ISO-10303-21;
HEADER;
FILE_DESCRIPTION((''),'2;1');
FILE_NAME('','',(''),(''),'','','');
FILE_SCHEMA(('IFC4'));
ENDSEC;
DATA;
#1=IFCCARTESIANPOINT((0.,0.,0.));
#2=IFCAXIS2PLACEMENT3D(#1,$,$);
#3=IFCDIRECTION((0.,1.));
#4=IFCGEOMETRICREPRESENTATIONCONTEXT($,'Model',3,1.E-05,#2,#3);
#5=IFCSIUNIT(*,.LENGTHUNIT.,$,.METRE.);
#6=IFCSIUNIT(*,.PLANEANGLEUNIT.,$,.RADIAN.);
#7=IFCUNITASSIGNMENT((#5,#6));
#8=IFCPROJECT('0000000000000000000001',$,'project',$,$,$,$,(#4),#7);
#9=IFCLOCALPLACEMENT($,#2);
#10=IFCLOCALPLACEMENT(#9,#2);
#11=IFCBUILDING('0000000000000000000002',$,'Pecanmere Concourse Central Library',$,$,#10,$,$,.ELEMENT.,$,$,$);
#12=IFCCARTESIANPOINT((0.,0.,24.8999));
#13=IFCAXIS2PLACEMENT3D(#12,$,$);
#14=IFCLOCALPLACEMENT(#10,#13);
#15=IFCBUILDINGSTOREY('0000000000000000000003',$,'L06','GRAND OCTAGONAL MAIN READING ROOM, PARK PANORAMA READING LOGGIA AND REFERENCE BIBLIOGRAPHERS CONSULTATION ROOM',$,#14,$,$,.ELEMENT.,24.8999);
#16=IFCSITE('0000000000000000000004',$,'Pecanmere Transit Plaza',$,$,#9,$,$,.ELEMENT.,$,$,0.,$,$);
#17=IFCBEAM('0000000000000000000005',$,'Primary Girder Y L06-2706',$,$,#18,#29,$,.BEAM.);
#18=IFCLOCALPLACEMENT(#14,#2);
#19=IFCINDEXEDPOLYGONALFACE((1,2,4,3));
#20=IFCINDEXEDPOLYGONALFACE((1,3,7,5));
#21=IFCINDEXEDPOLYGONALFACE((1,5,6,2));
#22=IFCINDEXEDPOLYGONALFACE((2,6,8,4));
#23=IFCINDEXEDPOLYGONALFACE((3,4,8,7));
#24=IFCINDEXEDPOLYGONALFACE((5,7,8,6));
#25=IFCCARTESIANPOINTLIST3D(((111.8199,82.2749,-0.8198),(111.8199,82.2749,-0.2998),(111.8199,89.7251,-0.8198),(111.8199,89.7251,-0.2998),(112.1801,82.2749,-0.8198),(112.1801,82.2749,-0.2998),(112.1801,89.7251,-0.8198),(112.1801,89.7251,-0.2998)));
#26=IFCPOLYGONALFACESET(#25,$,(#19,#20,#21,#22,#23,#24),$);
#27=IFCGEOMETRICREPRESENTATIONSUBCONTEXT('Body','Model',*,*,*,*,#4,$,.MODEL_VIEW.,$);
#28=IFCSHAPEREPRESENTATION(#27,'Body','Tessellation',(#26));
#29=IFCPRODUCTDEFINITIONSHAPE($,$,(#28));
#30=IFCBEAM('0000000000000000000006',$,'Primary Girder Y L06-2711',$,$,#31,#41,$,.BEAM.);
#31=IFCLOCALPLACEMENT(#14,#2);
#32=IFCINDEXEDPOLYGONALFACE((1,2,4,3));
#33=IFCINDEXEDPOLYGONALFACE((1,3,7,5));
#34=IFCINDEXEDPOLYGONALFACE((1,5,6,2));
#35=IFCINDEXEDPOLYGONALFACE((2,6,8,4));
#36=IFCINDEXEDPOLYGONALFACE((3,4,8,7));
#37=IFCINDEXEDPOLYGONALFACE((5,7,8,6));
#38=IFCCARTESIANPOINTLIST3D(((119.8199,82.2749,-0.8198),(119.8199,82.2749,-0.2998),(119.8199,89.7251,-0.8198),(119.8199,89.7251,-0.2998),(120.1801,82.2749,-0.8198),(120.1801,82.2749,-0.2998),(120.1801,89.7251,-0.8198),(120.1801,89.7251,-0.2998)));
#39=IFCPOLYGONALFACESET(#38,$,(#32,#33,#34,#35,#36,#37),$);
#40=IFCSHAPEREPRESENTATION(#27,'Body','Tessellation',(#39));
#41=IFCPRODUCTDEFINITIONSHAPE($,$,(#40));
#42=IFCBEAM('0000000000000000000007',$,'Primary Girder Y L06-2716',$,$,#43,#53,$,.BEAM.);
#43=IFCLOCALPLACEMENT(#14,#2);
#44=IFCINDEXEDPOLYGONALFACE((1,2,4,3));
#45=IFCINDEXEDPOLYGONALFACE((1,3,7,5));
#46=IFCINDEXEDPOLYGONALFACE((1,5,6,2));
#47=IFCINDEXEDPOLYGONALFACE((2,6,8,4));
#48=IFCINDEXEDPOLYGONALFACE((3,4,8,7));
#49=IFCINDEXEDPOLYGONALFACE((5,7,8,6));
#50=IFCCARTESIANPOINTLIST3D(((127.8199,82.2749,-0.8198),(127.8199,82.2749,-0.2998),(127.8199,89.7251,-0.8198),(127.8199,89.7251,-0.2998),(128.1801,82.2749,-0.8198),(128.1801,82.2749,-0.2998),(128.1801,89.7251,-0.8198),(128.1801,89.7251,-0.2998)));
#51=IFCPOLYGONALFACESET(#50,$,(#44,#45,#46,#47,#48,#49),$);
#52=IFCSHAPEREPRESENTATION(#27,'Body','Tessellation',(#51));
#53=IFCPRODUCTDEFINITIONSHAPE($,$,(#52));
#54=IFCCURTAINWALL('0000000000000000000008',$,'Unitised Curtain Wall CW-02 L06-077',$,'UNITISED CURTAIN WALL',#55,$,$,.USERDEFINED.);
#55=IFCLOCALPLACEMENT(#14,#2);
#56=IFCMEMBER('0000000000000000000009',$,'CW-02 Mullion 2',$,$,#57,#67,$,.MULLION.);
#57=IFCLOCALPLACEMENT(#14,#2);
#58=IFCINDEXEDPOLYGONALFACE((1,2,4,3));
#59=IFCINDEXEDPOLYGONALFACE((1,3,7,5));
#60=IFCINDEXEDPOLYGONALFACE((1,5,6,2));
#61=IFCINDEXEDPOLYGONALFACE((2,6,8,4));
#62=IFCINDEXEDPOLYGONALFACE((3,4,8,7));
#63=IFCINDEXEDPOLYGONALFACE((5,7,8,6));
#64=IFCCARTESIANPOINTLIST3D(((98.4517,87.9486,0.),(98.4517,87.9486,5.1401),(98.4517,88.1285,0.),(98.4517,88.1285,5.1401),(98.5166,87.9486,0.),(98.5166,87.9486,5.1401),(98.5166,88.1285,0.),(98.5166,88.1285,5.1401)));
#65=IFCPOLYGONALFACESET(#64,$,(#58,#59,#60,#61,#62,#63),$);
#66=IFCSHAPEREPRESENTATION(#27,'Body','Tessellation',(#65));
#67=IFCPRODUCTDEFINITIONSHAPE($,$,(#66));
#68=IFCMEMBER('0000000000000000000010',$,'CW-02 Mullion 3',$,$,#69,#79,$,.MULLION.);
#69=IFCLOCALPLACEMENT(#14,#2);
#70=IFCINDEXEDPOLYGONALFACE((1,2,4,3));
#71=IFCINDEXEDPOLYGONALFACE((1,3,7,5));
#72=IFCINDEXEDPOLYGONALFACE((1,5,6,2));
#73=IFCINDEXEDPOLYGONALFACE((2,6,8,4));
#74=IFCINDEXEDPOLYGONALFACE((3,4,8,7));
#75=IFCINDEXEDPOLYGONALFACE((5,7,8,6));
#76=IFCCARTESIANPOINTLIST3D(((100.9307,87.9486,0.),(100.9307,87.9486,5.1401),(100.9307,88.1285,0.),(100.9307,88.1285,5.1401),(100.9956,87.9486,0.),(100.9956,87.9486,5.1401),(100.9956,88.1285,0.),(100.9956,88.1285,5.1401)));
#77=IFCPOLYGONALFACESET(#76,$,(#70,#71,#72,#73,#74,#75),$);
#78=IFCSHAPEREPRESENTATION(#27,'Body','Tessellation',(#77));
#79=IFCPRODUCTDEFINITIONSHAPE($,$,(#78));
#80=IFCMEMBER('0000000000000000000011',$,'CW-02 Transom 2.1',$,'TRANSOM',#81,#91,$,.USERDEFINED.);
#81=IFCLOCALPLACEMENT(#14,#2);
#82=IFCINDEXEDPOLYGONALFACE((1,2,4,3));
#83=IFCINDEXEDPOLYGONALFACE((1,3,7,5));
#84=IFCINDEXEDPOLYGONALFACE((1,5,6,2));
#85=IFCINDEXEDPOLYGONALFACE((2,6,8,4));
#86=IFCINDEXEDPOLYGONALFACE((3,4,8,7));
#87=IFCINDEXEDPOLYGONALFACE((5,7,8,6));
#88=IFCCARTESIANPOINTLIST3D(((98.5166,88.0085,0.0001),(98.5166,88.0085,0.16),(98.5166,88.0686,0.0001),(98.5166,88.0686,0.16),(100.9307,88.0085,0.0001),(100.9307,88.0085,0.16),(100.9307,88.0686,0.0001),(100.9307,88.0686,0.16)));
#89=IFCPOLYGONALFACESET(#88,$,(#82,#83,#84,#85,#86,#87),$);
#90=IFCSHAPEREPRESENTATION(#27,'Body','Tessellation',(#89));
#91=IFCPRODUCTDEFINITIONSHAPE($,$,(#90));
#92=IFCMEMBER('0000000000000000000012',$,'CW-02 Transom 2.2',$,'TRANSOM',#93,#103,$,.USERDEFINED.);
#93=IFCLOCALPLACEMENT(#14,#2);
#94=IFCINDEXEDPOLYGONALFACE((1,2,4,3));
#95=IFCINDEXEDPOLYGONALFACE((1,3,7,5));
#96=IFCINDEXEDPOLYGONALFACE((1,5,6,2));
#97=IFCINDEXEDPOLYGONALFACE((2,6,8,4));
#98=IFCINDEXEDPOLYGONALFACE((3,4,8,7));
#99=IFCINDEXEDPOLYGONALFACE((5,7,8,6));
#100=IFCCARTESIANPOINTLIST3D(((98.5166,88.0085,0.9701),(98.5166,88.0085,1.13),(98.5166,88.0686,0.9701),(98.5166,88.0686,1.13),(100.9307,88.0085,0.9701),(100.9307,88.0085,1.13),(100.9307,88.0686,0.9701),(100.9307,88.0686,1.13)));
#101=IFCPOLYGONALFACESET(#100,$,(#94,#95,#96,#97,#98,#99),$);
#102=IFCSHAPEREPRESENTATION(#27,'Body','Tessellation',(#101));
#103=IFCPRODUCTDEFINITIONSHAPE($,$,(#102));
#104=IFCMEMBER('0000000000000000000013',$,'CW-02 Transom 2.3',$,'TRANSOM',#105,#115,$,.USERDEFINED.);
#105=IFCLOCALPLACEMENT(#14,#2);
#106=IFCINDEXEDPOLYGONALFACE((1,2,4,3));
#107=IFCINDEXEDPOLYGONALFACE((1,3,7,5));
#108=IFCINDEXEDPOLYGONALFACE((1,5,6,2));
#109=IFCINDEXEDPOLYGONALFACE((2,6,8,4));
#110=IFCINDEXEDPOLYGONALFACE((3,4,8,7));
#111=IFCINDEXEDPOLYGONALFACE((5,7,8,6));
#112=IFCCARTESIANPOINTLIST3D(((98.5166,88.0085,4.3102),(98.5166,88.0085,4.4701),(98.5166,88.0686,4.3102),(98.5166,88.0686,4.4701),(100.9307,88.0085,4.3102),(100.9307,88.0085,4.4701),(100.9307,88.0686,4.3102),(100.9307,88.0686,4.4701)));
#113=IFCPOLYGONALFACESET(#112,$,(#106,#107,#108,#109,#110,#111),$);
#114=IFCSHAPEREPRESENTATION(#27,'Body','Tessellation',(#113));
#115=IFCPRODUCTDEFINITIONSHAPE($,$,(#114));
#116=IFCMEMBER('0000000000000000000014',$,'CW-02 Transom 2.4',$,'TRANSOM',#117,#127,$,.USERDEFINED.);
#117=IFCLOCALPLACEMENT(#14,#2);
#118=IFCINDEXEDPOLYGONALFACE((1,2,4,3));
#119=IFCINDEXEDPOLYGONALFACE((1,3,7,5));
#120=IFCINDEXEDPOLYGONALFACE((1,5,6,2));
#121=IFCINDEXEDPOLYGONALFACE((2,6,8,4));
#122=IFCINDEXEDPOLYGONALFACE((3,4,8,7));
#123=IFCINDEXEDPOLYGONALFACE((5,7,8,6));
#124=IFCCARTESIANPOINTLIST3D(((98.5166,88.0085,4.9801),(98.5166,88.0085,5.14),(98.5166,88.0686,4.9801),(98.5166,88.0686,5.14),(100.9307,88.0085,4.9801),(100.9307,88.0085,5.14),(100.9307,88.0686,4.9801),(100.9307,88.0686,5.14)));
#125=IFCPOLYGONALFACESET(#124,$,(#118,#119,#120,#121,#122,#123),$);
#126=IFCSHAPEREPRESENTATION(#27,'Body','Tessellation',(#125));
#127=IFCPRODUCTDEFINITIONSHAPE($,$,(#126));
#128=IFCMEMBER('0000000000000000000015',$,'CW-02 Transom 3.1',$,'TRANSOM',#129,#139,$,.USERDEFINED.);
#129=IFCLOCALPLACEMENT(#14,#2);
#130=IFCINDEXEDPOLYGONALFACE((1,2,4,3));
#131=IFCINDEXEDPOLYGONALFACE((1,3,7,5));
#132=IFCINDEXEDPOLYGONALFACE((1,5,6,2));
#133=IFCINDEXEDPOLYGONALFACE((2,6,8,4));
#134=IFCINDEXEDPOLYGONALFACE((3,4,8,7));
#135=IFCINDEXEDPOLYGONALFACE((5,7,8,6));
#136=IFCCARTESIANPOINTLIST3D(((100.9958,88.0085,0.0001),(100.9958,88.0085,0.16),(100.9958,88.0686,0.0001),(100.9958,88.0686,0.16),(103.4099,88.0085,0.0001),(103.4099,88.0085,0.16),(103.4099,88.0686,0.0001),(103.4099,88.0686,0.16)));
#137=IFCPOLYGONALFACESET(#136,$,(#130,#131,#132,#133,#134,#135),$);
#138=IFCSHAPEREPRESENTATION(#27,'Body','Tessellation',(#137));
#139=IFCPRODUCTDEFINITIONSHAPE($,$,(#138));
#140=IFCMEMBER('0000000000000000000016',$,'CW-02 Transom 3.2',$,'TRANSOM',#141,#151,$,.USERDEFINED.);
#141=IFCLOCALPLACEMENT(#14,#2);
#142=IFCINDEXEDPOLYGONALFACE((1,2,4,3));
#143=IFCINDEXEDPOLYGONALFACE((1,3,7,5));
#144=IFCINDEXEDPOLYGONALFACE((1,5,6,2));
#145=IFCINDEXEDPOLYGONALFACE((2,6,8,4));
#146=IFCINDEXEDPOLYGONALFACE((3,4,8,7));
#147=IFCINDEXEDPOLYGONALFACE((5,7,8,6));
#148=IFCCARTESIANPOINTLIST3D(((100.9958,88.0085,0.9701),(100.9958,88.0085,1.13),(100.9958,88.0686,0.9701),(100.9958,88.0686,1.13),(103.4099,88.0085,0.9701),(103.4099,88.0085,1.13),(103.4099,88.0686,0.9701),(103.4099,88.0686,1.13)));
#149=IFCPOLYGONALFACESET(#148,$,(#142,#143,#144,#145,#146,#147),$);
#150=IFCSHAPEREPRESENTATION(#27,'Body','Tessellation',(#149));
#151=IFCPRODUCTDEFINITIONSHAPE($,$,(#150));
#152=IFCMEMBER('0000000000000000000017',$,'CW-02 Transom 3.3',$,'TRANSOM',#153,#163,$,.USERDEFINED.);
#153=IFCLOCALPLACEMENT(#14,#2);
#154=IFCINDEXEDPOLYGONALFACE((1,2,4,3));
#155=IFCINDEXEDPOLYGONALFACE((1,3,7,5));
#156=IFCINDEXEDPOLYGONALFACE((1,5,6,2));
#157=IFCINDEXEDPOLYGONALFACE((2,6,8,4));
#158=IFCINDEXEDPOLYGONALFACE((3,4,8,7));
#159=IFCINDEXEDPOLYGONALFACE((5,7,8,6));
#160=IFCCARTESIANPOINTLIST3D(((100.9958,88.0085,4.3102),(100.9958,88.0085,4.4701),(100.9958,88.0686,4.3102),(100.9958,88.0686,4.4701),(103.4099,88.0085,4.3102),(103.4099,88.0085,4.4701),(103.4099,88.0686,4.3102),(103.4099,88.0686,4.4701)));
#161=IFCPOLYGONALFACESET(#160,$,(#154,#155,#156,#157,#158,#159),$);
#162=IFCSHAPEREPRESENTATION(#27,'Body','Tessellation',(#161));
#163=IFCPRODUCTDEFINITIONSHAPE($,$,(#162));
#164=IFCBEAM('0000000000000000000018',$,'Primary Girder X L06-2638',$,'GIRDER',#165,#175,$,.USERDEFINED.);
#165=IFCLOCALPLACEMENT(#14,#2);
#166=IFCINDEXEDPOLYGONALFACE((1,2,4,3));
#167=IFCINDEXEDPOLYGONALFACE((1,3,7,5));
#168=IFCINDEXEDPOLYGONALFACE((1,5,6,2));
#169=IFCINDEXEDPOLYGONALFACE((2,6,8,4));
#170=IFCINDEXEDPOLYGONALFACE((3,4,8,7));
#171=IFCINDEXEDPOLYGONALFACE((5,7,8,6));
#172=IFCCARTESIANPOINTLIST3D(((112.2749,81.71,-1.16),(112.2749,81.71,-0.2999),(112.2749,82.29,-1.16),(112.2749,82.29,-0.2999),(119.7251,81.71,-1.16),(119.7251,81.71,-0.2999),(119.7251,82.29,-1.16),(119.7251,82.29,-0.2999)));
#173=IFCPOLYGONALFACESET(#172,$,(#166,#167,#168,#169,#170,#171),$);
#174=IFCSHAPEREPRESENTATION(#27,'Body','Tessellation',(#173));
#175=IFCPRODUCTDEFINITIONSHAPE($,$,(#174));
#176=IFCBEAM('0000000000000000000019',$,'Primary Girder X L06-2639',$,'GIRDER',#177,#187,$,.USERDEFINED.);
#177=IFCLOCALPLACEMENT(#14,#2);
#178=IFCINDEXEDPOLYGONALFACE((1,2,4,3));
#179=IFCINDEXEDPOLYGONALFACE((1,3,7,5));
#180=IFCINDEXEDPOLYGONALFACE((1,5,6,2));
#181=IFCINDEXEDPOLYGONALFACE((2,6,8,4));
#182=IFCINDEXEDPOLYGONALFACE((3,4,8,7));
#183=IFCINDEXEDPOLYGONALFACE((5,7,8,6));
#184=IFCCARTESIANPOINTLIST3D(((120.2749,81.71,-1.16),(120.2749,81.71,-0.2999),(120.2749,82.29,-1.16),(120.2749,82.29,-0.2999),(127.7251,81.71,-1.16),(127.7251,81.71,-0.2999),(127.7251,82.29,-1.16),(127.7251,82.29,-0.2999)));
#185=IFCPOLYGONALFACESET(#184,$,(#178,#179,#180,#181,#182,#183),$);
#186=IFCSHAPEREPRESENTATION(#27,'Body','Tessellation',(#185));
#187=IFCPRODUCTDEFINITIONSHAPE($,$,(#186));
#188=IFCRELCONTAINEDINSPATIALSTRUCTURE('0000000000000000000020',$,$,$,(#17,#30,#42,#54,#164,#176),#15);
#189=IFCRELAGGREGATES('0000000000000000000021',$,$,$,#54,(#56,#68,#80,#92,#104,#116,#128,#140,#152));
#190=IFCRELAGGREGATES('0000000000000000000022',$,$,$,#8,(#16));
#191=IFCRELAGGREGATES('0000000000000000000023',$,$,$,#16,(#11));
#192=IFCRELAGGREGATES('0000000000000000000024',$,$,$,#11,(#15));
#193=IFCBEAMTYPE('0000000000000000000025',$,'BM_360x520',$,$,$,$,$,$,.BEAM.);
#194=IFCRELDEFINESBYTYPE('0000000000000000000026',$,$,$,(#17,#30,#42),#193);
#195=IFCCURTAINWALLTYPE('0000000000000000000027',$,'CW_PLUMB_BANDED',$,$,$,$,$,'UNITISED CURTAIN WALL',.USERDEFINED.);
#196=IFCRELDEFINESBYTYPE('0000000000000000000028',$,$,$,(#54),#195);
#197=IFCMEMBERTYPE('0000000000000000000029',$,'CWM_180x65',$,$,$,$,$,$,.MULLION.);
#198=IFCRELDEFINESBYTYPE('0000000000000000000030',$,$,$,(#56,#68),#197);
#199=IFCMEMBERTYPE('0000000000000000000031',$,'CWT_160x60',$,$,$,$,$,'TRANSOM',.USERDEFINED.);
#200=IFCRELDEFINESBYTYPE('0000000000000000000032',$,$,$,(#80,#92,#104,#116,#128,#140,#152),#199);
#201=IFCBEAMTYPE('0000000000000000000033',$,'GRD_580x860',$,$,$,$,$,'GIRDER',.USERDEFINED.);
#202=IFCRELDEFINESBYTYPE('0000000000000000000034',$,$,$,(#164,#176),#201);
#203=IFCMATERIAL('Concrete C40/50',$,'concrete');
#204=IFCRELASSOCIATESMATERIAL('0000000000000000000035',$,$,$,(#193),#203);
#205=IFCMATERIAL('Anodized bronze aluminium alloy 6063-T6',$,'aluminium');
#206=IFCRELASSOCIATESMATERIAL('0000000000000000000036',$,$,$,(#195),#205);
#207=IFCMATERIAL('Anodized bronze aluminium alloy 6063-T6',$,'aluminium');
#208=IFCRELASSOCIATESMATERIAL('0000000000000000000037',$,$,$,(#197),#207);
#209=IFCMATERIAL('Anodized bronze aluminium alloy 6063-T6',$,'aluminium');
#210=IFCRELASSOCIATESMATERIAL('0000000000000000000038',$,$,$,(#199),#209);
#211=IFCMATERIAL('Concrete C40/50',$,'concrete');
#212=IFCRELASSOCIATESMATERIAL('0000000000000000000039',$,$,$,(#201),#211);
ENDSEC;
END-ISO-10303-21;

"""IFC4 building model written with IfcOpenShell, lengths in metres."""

from ifc_helpers import new_model, si_unit, direction, frame, origin, origin_2d, place, context, subcontext, project, spatial, rectangle, extrude, material, material_profile, profile_set, type_object, element, aggregate, save


model = new_model("IFC4")

# Units and contexts
model_context = context("Model", 3, precision=1e-05, world=origin(), true_north=direction((0.0, 1.0)))
body_context = subcontext(model_context, "Body", "Model", "MODEL_VIEW")
ifc_project = project(units=[si_unit("LENGTHUNIT", "METRE"), si_unit("PLANEANGLEUNIT", "RADIAN")], contexts=[model_context])

# Site, building, storey
site_placement = place(None, origin())
site = spatial("IfcSite", under=ifc_project, at=site_placement, Name="Pecanmere Transit Plaza", CompositionType="ELEMENT", RefElevation=0.0)
building_placement = place(site_placement, origin())
building = spatial("IfcBuilding", under=site, at=building_placement, Name="Pecanmere Concourse Central Library", CompositionType="ELEMENT")
storey_placement = place(building_placement, frame((0.0, 0.0, 24.8999)))
storey = spatial("IfcBuildingStorey", under=building, at=storey_placement, Name="L06", Description="GRAND OCTAGONAL MAIN READING ROOM, PARK PANORAMA READING LOGGIA AND REFERENCE BIBLIOGRAPHERS CONSULTATION ROOM", CompositionType="ELEMENT", Elevation=24.8999)

# Beams
ifc_material_1 = material(Name="Concrete C40/50", Category="concrete")
ifc_material_profile_1 = material_profile(ifc_material_1, rectangle(XDim=0.3601, YDim=0.52, at=origin_2d()), Name="RC 360x520")
ifc_profile_set_1 = profile_set([ifc_material_profile_1], Name="Concrete C40/50")
beam_type_1 = type_object("IfcBeamType", Name="BM_360x520", PredefinedType="BEAM", material=ifc_profile_set_1)
for number, where, z_axis, x_axis, name in (
    (1, (112.0, 82.2749, -0.5598), (0.0, 1.0, 0.0), (-1.0, 0.0, 0.0), "Primary Girder Y L06-2706"),
    (2, (120.0, 82.2749, -0.5598), (0.0, 1.0, 0.0), (-1.0, 0.0, 0.0), "Primary Girder Y L06-2711"),
    (3, (128.0, 82.2749, -0.5598), (0.0, 1.0, 0.0), (-1.0, 0.0, 0.0), "Primary Girder Y L06-2716"),
):
    element("IfcBeam", number, at=place(storey_placement, frame(where, z_axis=z_axis, x_axis=x_axis)), inside=storey, type_object=beam_type_1, Name=name, PredefinedType="BEAM", context=body_context, shape_type="SweptSolid", body=[
        extrude(rectangle(XDim=0.3601, YDim=0.52, at=origin_2d()), origin(), (0.0, 0.0, 1.0), 7.4502),
    ])

# Curtain wall, members
ifc_material_2 = material(Name="Anodized bronze aluminium alloy 6063-T6", Category="aluminium")
curtain_wall_type = type_object("IfcCurtainWallType", Name="CW_PLUMB_BANDED", ElementType="UNITISED CURTAIN WALL", PredefinedType="USERDEFINED", material=ifc_material_2)
curtain_wall_placement = place(storey_placement, origin())
curtain_wall = element("IfcCurtainWall", 4, at=curtain_wall_placement, inside=storey, type_object=curtain_wall_type, Name="Unitised Curtain Wall CW-02 L06-077", ObjectType="UNITISED CURTAIN WALL", PredefinedType="USERDEFINED")
ifc_material_3 = material(Name="Anodized bronze aluminium alloy 6063-T6", Category="aluminium")
ifc_material_profile_2 = material_profile(ifc_material_3, rectangle(XDim=0.0649, YDim=0.1799, at=origin_2d()), Name="AL 65x180")
ifc_profile_set_2 = profile_set([ifc_material_profile_2], Name="Anodized bronze aluminium alloy 6063-T6")
member_type_1 = type_object("IfcMemberType", Name="CWM_180x65", PredefinedType="MULLION", material=ifc_profile_set_2)
member_1_placement = place(storey_placement, frame((98.4841, 88.0386, 0.0), z_axis=(0.0, 0.0, 1.0), x_axis=(1.0, 0.0, 0.0)))
member_1 = element("IfcMember", 5, at=member_1_placement, type_object=member_type_1, Name="CW-02 Mullion 2", PredefinedType="MULLION", context=body_context, shape_type="SweptSolid", body=[
    extrude(rectangle(XDim=0.0649, YDim=0.1799, at=origin_2d()), origin(), (0.0, 0.0, 1.0), 5.1401),
])
member_2_placement = place(storey_placement, frame((100.9631, 88.0386, 0.0), z_axis=(0.0, 0.0, 1.0), x_axis=(1.0, 0.0, 0.0)))
member_2 = element("IfcMember", 6, at=member_2_placement, type_object=member_type_1, Name="CW-02 Mullion 3", PredefinedType="MULLION", context=body_context, shape_type="SweptSolid", body=[
    extrude(rectangle(XDim=0.0649, YDim=0.1799, at=origin_2d()), origin(), (0.0, 0.0, 1.0), 5.1401),
])
ifc_material_4 = material(Name="Anodized bronze aluminium alloy 6063-T6", Category="aluminium")
ifc_material_profile_3 = material_profile(ifc_material_4, rectangle(XDim=0.0601, YDim=0.1599, at=origin_2d()), Name="AL 60x160")
ifc_profile_set_3 = profile_set([ifc_material_profile_3], Name="Anodized bronze aluminium alloy 6063-T6")
member_type_2 = type_object("IfcMemberType", Name="CWT_160x60", ElementType="TRANSOM", PredefinedType="USERDEFINED", material=ifc_profile_set_3)
member_3_placement = place(storey_placement, frame((98.5166, 88.0386, 0.0801), z_axis=(1.0, 0.0, 0.0), x_axis=(0.0, 1.0, 0.0)))
member_3 = element("IfcMember", 7, at=member_3_placement, type_object=member_type_2, Name="CW-02 Transom 2.1", ObjectType="TRANSOM", PredefinedType="USERDEFINED", context=body_context, shape_type="SweptSolid", body=[
    extrude(rectangle(XDim=0.0601, YDim=0.1599, at=origin_2d()), origin(), (0.0, 0.0, 1.0), 2.4141),
])
member_4_placement = place(storey_placement, frame((98.5166, 88.0386, 1.05), z_axis=(1.0, 0.0, 0.0), x_axis=(0.0, 1.0, 0.0)))
member_4 = element("IfcMember", 8, at=member_4_placement, type_object=member_type_2, Name="CW-02 Transom 2.2", ObjectType="TRANSOM", PredefinedType="USERDEFINED", context=body_context, shape_type="SweptSolid", body=[
    extrude(rectangle(XDim=0.0601, YDim=0.1599, at=origin_2d()), origin(), (0.0, 0.0, 1.0), 2.4141),
])
member_5_placement = place(storey_placement, frame((98.5166, 88.0386, 4.3901), z_axis=(1.0, 0.0, 0.0), x_axis=(0.0, 1.0, 0.0)))
member_5 = element("IfcMember", 9, at=member_5_placement, type_object=member_type_2, Name="CW-02 Transom 2.3", ObjectType="TRANSOM", PredefinedType="USERDEFINED", context=body_context, shape_type="SweptSolid", body=[
    extrude(rectangle(XDim=0.0601, YDim=0.1599, at=origin_2d()), origin(), (0.0, 0.0, 1.0), 2.4141),
])
member_6_placement = place(storey_placement, frame((98.5166, 88.0386, 5.0601), z_axis=(1.0, 0.0, 0.0), x_axis=(0.0, 1.0, 0.0)))
member_6 = element("IfcMember", 10, at=member_6_placement, type_object=member_type_2, Name="CW-02 Transom 2.4", ObjectType="TRANSOM", PredefinedType="USERDEFINED", context=body_context, shape_type="SweptSolid", body=[
    extrude(rectangle(XDim=0.0601, YDim=0.1599, at=origin_2d()), origin(), (0.0, 0.0, 1.0), 2.4141),
])
member_7_placement = place(storey_placement, frame((100.9958, 88.0386, 0.0801), z_axis=(1.0, 0.0, 0.0), x_axis=(0.0, 1.0, 0.0)))
member_7 = element("IfcMember", 11, at=member_7_placement, type_object=member_type_2, Name="CW-02 Transom 3.1", ObjectType="TRANSOM", PredefinedType="USERDEFINED", context=body_context, shape_type="SweptSolid", body=[
    extrude(rectangle(XDim=0.0601, YDim=0.1599, at=origin_2d()), origin(), (0.0, 0.0, 1.0), 2.4141),
])
member_8_placement = place(storey_placement, frame((100.9958, 88.0386, 1.05), z_axis=(1.0, 0.0, 0.0), x_axis=(0.0, 1.0, 0.0)))
member_8 = element("IfcMember", 12, at=member_8_placement, type_object=member_type_2, Name="CW-02 Transom 3.2", ObjectType="TRANSOM", PredefinedType="USERDEFINED", context=body_context, shape_type="SweptSolid", body=[
    extrude(rectangle(XDim=0.0601, YDim=0.1599, at=origin_2d()), origin(), (0.0, 0.0, 1.0), 2.4141),
])
member_9_placement = place(storey_placement, frame((100.9958, 88.0386, 4.3901), z_axis=(1.0, 0.0, 0.0), x_axis=(0.0, 1.0, 0.0)))
member_9 = element("IfcMember", 13, at=member_9_placement, type_object=member_type_2, Name="CW-02 Transom 3.3", ObjectType="TRANSOM", PredefinedType="USERDEFINED", context=body_context, shape_type="SweptSolid", body=[
    extrude(rectangle(XDim=0.0601, YDim=0.1599, at=origin_2d()), origin(), (0.0, 0.0, 1.0), 2.4141),
])

# Beams
ifc_material_5 = material(Name="Concrete C40/50", Category="concrete")
ifc_material_profile_4 = material_profile(ifc_material_5, rectangle(XDim=0.5801, YDim=0.8601, at=origin_2d()), Name="RC 580x860")
ifc_profile_set_4 = profile_set([ifc_material_profile_4], Name="Concrete C40/50")
beam_type_2 = type_object("IfcBeamType", Name="GRD_580x860", ElementType="GIRDER", PredefinedType="USERDEFINED", material=ifc_profile_set_4)
for number, where, z_axis, x_axis, name in (
    (14, (112.2749, 82.0, -0.73), (1.0, 0.0, 0.0), (0.0, 1.0, 0.0), "Primary Girder X L06-2638"),
    (15, (120.2749, 82.0, -0.73), (1.0, 0.0, 0.0), (0.0, 1.0, 0.0), "Primary Girder X L06-2639"),
):
    element("IfcBeam", number, at=place(storey_placement, frame(where, z_axis=z_axis, x_axis=x_axis)), inside=storey, type_object=beam_type_2, Name=name, ObjectType="GIRDER", PredefinedType="USERDEFINED", context=body_context, shape_type="SweptSolid", body=[
        extrude(rectangle(XDim=0.5801, YDim=0.8601, at=origin_2d()), origin(), (0.0, 0.0, 1.0), 7.4502),
    ])

aggregate(curtain_wall, [member_1, member_2, member_3, member_4, member_5, member_6, member_7, member_8, member_9])

save(model, "model.ifc")
